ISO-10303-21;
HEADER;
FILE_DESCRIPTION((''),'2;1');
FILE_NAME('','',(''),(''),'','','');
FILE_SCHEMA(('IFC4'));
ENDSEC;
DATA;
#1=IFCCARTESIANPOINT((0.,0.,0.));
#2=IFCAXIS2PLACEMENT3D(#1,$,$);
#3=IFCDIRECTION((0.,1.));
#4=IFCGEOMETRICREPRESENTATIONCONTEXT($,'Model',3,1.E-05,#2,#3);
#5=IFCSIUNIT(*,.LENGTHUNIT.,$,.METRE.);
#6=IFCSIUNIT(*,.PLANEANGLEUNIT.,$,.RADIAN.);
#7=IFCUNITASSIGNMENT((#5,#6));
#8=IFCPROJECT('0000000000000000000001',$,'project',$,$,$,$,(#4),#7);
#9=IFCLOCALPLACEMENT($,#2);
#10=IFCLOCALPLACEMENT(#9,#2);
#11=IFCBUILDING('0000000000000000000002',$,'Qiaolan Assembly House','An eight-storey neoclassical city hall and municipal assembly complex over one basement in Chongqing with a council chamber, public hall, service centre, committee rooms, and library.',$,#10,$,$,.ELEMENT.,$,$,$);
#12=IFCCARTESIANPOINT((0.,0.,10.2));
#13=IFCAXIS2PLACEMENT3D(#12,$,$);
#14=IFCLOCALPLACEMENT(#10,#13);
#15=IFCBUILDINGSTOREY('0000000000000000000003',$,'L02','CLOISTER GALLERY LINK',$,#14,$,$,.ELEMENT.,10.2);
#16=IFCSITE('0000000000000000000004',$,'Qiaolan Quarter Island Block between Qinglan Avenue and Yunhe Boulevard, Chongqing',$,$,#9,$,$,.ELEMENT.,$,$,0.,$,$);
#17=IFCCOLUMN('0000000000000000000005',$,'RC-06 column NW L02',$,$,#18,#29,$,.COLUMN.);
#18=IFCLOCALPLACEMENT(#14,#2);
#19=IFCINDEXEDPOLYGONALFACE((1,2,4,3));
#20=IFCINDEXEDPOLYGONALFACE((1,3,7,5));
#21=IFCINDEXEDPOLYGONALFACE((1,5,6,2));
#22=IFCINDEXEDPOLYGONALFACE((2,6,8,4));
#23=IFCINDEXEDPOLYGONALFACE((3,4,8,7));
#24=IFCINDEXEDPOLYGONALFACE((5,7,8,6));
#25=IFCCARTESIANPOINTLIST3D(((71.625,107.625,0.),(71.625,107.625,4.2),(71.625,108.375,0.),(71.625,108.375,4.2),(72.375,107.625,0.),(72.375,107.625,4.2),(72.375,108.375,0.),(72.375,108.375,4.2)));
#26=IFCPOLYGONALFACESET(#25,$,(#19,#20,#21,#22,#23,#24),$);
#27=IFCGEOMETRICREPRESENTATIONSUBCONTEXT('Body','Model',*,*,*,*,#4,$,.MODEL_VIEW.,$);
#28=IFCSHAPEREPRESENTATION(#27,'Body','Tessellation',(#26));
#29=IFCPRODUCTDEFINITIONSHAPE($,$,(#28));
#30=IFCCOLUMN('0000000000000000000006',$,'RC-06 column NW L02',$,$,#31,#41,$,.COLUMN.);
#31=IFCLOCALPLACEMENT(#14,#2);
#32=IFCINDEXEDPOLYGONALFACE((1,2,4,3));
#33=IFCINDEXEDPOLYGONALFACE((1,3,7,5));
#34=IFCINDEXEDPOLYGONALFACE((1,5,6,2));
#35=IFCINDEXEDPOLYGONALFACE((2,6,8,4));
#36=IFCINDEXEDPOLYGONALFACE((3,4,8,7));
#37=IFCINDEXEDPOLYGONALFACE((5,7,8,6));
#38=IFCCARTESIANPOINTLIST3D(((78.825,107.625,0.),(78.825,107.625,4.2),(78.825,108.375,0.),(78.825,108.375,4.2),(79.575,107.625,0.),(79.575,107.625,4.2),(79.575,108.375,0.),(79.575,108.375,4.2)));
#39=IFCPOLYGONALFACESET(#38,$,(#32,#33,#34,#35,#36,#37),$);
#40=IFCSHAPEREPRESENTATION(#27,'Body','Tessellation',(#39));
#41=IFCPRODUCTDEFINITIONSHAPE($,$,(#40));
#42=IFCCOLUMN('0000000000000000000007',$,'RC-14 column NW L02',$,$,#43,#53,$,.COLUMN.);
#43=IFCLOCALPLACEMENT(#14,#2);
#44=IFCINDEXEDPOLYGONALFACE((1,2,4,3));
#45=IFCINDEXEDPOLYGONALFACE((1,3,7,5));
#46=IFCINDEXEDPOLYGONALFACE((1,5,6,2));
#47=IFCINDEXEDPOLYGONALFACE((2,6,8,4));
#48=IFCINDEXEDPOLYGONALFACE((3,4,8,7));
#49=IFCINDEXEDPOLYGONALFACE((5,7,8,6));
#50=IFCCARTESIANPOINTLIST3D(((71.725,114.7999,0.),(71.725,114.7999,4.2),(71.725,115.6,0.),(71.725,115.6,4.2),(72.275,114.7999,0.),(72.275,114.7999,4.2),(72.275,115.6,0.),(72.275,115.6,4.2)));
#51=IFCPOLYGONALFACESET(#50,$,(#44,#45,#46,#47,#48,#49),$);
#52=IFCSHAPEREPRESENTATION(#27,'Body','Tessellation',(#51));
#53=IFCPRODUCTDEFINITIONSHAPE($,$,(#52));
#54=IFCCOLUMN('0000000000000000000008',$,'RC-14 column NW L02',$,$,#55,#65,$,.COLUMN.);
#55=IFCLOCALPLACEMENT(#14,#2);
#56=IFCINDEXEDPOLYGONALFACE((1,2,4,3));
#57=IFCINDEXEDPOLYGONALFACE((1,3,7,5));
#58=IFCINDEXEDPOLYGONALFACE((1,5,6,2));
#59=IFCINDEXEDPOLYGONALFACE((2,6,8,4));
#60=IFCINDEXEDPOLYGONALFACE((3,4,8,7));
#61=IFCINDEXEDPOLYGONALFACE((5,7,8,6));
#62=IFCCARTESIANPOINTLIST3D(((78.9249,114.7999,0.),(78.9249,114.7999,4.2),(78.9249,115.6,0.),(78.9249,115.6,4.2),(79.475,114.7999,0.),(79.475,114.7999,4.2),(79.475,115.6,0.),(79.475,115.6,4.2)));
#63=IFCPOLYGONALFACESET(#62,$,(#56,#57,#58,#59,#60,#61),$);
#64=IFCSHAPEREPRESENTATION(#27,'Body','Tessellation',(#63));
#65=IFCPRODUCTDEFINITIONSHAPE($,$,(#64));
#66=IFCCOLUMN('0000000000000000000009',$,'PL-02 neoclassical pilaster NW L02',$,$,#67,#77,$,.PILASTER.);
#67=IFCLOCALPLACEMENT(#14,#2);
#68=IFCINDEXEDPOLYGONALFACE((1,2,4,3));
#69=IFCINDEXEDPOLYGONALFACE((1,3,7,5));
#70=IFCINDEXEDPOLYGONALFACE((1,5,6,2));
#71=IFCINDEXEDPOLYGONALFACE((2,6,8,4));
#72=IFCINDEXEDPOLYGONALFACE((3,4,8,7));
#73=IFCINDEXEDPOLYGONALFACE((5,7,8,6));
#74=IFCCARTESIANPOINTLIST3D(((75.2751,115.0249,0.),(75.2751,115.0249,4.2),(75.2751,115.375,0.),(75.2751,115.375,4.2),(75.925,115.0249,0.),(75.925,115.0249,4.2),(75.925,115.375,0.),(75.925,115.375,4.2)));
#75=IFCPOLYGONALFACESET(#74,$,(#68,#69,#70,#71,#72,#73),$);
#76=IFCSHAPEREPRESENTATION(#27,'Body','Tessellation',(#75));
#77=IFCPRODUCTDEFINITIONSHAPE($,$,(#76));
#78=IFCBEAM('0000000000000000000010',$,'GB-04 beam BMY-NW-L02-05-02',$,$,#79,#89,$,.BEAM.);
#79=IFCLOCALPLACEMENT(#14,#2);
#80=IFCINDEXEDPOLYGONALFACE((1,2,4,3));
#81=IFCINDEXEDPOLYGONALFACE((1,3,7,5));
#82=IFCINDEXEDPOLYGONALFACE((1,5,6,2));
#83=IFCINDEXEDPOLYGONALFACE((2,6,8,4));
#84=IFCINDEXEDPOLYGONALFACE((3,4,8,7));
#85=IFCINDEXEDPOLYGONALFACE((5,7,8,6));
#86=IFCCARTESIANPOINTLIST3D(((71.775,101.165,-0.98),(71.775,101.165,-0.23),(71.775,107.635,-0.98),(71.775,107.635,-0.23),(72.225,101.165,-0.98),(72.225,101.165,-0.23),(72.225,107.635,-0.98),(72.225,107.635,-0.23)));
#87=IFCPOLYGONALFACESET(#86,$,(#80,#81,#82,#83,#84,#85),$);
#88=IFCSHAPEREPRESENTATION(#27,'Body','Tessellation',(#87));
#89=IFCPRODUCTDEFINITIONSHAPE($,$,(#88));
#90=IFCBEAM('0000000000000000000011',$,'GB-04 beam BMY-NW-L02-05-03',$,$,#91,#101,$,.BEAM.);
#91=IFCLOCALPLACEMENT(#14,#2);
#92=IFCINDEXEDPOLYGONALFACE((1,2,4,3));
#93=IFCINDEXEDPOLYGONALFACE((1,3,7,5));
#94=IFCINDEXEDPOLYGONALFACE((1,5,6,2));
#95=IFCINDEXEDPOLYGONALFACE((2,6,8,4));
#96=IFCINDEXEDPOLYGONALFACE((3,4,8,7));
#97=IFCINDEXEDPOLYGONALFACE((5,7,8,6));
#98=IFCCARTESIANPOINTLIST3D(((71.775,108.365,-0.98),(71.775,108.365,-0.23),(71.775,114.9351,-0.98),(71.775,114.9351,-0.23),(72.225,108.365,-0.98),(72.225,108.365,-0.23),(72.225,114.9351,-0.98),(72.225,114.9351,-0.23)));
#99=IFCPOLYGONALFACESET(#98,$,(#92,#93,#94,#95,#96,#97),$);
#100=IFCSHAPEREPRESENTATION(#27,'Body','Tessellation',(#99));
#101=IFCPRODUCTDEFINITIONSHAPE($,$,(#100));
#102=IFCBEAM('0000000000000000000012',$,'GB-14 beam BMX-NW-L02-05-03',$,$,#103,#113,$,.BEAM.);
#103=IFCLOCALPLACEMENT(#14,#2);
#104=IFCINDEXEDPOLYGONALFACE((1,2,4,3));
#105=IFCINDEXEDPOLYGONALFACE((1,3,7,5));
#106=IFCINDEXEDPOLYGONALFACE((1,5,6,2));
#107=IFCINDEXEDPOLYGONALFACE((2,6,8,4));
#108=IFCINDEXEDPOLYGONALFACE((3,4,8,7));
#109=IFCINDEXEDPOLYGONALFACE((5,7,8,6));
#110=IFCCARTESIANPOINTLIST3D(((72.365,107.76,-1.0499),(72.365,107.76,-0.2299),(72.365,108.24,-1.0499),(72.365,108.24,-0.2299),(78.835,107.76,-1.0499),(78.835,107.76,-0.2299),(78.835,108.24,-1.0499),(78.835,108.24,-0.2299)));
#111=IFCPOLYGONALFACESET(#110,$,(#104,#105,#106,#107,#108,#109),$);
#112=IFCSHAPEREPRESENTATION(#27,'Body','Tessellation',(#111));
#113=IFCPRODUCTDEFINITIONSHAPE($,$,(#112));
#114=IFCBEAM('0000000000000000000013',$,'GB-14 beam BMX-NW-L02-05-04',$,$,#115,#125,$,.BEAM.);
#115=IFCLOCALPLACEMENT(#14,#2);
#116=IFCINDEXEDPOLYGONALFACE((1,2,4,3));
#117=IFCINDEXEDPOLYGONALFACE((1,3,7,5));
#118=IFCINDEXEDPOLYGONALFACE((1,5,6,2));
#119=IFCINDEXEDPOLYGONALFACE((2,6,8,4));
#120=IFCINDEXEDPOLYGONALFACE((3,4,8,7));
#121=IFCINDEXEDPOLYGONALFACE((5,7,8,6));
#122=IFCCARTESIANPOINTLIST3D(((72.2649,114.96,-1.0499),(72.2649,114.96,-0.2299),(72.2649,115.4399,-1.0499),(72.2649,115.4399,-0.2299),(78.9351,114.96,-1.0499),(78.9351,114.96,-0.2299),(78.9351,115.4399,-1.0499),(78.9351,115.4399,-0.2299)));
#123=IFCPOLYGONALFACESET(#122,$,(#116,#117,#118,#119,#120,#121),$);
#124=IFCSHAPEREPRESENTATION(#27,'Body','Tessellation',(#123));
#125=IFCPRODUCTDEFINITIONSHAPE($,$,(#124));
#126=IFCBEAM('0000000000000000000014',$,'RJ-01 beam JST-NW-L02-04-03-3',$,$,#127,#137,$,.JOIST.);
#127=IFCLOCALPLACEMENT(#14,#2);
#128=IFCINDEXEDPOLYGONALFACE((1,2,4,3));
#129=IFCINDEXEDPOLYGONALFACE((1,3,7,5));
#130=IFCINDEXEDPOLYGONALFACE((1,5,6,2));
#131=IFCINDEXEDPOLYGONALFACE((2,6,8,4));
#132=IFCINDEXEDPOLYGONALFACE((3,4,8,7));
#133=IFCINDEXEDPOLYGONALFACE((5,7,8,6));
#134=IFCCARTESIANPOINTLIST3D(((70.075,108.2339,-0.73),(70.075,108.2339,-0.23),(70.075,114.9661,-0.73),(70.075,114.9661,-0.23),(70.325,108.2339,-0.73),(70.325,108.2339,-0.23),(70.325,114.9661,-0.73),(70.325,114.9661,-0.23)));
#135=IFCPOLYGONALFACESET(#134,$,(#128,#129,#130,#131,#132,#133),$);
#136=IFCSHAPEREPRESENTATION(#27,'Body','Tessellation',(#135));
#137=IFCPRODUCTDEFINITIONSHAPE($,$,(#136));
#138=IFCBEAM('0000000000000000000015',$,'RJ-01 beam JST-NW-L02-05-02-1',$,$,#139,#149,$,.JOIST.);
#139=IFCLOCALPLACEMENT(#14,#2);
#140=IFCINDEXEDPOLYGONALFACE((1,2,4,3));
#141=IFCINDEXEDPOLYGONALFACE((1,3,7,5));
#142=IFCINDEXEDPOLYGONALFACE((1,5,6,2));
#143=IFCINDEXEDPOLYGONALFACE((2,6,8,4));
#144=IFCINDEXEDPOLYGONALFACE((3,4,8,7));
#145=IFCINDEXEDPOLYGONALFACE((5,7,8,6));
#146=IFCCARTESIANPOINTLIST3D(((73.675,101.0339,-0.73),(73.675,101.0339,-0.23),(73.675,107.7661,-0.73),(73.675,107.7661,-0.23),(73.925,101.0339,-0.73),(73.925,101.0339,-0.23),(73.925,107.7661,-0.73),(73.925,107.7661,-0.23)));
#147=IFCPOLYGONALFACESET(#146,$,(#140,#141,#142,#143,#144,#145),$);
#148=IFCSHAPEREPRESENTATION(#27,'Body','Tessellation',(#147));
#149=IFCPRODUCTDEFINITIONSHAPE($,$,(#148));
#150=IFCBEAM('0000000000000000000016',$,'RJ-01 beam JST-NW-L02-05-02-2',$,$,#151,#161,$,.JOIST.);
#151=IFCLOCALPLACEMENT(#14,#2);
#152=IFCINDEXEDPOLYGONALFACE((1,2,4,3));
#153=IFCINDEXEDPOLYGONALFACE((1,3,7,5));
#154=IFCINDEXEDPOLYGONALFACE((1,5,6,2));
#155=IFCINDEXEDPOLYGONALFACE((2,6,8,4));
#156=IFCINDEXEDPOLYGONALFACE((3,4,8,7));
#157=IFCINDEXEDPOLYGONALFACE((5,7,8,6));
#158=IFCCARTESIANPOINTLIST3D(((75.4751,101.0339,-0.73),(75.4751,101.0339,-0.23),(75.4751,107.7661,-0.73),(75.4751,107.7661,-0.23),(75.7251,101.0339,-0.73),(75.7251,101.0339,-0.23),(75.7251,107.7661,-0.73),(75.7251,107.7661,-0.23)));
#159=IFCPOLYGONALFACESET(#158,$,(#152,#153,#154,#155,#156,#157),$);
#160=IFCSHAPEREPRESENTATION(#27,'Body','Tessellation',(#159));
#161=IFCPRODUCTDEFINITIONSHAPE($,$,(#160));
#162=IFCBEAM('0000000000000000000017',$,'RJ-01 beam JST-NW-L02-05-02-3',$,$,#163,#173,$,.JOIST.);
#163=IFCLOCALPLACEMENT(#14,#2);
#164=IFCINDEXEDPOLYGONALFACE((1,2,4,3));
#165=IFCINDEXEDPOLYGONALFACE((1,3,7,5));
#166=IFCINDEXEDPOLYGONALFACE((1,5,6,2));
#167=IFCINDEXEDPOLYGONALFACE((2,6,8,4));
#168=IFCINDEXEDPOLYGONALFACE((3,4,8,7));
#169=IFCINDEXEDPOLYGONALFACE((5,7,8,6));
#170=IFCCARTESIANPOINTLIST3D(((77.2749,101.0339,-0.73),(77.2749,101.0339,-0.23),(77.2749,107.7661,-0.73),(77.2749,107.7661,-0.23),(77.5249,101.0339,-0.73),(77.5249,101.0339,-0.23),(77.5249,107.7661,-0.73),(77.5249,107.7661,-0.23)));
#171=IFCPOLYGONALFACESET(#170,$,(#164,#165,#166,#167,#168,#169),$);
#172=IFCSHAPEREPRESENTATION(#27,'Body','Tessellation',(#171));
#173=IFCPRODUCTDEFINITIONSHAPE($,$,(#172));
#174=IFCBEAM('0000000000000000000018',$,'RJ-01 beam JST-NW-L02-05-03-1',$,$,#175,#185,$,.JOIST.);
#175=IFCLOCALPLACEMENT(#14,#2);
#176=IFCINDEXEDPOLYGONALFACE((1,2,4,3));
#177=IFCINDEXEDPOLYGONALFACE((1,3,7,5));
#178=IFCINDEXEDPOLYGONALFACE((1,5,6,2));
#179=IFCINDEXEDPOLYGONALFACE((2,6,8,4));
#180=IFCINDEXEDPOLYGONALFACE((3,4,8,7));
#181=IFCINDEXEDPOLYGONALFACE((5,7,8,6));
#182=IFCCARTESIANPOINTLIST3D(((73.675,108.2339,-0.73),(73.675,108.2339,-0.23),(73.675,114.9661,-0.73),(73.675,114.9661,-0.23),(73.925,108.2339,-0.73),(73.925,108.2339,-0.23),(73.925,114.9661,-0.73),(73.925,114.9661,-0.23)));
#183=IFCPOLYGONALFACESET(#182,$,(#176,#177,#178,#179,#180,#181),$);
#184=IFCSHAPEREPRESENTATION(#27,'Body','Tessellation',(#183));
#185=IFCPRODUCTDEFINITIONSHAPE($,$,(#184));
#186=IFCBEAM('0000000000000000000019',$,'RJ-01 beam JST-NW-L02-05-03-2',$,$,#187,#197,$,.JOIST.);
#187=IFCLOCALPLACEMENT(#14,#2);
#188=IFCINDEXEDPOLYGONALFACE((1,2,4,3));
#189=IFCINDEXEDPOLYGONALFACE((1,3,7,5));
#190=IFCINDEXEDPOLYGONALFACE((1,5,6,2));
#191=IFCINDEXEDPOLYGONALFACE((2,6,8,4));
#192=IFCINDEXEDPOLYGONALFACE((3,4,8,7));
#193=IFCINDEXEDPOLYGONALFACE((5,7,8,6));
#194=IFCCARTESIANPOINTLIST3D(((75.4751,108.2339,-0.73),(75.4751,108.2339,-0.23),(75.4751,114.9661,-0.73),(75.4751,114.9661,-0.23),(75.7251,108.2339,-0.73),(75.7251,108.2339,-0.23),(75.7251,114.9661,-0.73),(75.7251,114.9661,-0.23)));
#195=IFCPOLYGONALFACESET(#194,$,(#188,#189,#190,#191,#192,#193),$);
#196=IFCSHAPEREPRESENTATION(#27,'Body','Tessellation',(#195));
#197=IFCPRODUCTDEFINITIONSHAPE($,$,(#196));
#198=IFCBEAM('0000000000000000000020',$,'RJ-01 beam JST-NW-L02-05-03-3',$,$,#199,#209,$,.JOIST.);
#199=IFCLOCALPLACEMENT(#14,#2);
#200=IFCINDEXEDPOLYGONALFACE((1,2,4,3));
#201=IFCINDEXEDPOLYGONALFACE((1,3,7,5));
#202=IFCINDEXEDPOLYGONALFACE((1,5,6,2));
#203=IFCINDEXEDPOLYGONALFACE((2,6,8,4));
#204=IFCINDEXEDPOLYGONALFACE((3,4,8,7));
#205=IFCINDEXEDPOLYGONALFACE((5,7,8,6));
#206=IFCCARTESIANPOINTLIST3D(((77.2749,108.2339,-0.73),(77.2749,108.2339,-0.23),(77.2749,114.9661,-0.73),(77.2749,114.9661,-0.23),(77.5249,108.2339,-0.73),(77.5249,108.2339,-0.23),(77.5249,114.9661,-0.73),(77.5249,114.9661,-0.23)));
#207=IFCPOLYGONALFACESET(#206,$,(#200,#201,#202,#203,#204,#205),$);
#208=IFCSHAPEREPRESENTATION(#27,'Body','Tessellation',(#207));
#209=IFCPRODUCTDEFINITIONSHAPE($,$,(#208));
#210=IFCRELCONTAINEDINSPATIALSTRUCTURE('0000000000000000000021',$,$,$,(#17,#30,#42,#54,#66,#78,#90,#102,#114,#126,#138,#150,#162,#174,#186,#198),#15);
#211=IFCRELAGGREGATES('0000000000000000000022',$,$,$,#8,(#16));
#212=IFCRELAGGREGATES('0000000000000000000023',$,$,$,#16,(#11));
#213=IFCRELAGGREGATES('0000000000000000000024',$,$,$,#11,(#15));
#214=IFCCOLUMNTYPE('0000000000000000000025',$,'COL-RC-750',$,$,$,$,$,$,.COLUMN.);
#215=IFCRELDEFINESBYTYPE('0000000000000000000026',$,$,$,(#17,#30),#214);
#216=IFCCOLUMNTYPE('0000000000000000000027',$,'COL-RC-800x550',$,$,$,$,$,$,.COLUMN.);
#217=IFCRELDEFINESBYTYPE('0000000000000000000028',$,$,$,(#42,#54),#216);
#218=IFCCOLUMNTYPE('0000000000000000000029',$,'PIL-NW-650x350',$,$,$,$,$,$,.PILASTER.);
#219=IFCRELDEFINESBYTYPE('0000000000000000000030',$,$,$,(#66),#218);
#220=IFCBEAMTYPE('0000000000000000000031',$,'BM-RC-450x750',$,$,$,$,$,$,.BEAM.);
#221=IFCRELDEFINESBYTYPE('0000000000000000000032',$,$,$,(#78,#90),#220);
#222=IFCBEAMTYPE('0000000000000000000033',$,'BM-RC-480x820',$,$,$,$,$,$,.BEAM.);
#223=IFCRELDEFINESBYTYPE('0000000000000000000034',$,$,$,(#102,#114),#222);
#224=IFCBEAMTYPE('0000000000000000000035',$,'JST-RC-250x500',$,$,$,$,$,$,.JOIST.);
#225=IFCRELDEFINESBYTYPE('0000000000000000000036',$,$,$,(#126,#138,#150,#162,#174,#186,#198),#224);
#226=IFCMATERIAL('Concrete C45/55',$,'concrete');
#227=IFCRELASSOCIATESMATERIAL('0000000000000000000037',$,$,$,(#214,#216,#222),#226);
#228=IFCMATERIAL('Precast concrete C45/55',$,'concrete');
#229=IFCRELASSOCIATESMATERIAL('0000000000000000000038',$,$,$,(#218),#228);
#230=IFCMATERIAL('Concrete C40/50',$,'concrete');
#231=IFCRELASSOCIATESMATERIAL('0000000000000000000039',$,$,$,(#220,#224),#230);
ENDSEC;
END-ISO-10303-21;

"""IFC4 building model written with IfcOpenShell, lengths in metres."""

from ifc_helpers import new_model, si_unit, direction, frame, origin, origin_2d, place, context, subcontext, project, spatial, rectangle, extrude, material, material_profile, profile_set, type_object, element, save


model = new_model("IFC4")

# Units and contexts
model_context = context("Model", 3, precision=1e-05, world=origin(), true_north=direction((0.0, 1.0)))
body_context = subcontext(model_context, "Body", "Model", "MODEL_VIEW")
ifc_project = project(units=[si_unit("LENGTHUNIT", "METRE"), si_unit("PLANEANGLEUNIT", "RADIAN")], contexts=[model_context])

# Site, building, storey
site_placement = place(None, origin())
site = spatial("IfcSite", under=ifc_project, at=site_placement, Name="Qiaolan Quarter Island Block between Qinglan Avenue and Yunhe Boulevard, Chongqing", CompositionType="ELEMENT", RefElevation=0.0)
building_placement = place(site_placement, origin())
building = spatial("IfcBuilding", under=site, at=building_placement, Name="Qiaolan Assembly House", Description="An eight-storey neoclassical city hall and municipal assembly complex over one basement in Chongqing with a council chamber, public hall, service centre, committee rooms, and library.", CompositionType="ELEMENT")
storey_placement = place(building_placement, frame((0.0, 0.0, 10.2)))
storey = spatial("IfcBuildingStorey", under=building, at=storey_placement, Name="L02", Description="CLOISTER GALLERY LINK", CompositionType="ELEMENT", Elevation=10.2)

# Columns
ifc_material_1 = material(Name="Concrete C45/55", Category="concrete")
ifc_material_profile_1 = material_profile(ifc_material_1, rectangle(XDim=0.75, YDim=0.75, at=origin_2d()), Name="RC 750x750")
ifc_profile_set_1 = profile_set([ifc_material_profile_1], Name="Concrete C45/55")
column_type_1 = type_object("IfcColumnType", Name="COL-RC-750", PredefinedType="COLUMN", material=ifc_profile_set_1)
for number, where, z_axis, x_axis, name in (
    (1, (72.0, 108.0, 0.0), (0.0, 0.0, 1.0), (1.0, 0.0, 0.0), "RC-06 column NW L02"),
    (2, (79.2, 108.0, 0.0), (0.0, 0.0, 1.0), (1.0, 0.0, 0.0), "RC-06 column NW L02"),
):
    element("IfcColumn", number, at=place(storey_placement, frame(where, z_axis=z_axis, x_axis=x_axis)), inside=storey, type_object=column_type_1, Name=name, PredefinedType="COLUMN", context=body_context, shape_type="SweptSolid", body=[
        extrude(rectangle(XDim=0.75, YDim=0.75, at=origin_2d()), origin(), (0.0, 0.0, 1.0), 4.2),
    ])
ifc_material_profile_2 = material_profile(ifc_material_1, rectangle(XDim=0.55, YDim=0.8, at=origin_2d()), Name="RC 800x550")
ifc_profile_set_2 = profile_set([ifc_material_profile_2], Name="Concrete C45/55")
column_type_2 = type_object("IfcColumnType", Name="COL-RC-800x550", PredefinedType="COLUMN", material=ifc_profile_set_2)
for number, where, z_axis, x_axis, name in (
    (3, (72.0, 115.2, 0.0), (0.0, 0.0, 1.0), (1.0, 0.0, 0.0), "RC-14 column NW L02"),
    (4, (79.2, 115.2, 0.0), (0.0, 0.0, 1.0), (1.0, 0.0, 0.0), "RC-14 column NW L02"),
):
    element("IfcColumn", number, at=place(storey_placement, frame(where, z_axis=z_axis, x_axis=x_axis)), inside=storey, type_object=column_type_2, Name=name, PredefinedType="COLUMN", context=body_context, shape_type="SweptSolid", body=[
        extrude(rectangle(XDim=0.55, YDim=0.8, at=origin_2d()), origin(), (0.0, 0.0, 1.0), 4.2),
    ])
ifc_material_2 = material(Name="Precast concrete C45/55", Category="concrete")
ifc_material_profile_3 = material_profile(ifc_material_2, rectangle(XDim=0.6499, YDim=0.3501, at=origin_2d()), Name="PIL 650x350")
ifc_profile_set_3 = profile_set([ifc_material_profile_3], Name="Precast concrete C45/55")
column_type_3 = type_object("IfcColumnType", Name="PIL-NW-650x350", PredefinedType="PILASTER", material=ifc_profile_set_3)
column_placement = place(storey_placement, frame((75.6001, 115.2, 0.0), z_axis=(0.0, 0.0, 1.0), x_axis=(1.0, 0.0, 0.0)))
element("IfcColumn", 5, at=column_placement, inside=storey, type_object=column_type_3, Name="PL-02 neoclassical pilaster NW L02", PredefinedType="PILASTER", context=body_context, shape_type="SweptSolid", body=[
    extrude(rectangle(XDim=0.6499, YDim=0.3501, at=origin_2d()), origin(), (0.0, 0.0, 1.0), 4.2),
])

# Beams
ifc_material_3 = material(Name="Concrete C40/50", Category="concrete")
ifc_material_profile_4 = material_profile(ifc_material_3, rectangle(XDim=0.45, YDim=0.75, at=origin_2d()), Name="RCB 450x750")
ifc_profile_set_4 = profile_set([ifc_material_profile_4], Name="Concrete C40/50")
beam_type_1 = type_object("IfcBeamType", Name="BM-RC-450x750", PredefinedType="BEAM", material=ifc_profile_set_4)
beam_1_placement = place(storey_placement, frame((72.0, 101.165, -0.605), z_axis=(0.0, 1.0, 0.0), x_axis=(-1.0, 0.0, 0.0)))
element("IfcBeam", 6, at=beam_1_placement, inside=storey, type_object=beam_type_1, Name="GB-04 beam BMY-NW-L02-05-02", PredefinedType="BEAM", context=body_context, shape_type="SweptSolid", body=[
    extrude(rectangle(XDim=0.45, YDim=0.75, at=origin_2d()), origin(), (0.0, 0.0, 1.0), 6.47),
])
beam_2_placement = place(storey_placement, frame((72.0, 108.365, -0.605), z_axis=(0.0, 1.0, 0.0), x_axis=(-1.0, 0.0, 0.0)))
element("IfcBeam", 7, at=beam_2_placement, inside=storey, type_object=beam_type_1, Name="GB-04 beam BMY-NW-L02-05-03", PredefinedType="BEAM", context=body_context, shape_type="SweptSolid", body=[
    extrude(rectangle(XDim=0.45, YDim=0.75, at=origin_2d()), origin(), (0.0, 0.0, 1.0), 6.5701),
])
ifc_material_profile_5 = material_profile(ifc_material_1, rectangle(XDim=0.48, YDim=0.8201, at=origin_2d()), Name="RCB 480x820")
ifc_profile_set_5 = profile_set([ifc_material_profile_5], Name="Concrete C45/55")
beam_type_2 = type_object("IfcBeamType", Name="BM-RC-480x820", PredefinedType="BEAM", material=ifc_profile_set_5)
beam_3_placement = place(storey_placement, frame((72.365, 108.0, -0.6399), z_axis=(1.0, 0.0, 0.0), x_axis=(0.0, 1.0, 0.0)))
element("IfcBeam", 8, at=beam_3_placement, inside=storey, type_object=beam_type_2, Name="GB-14 beam BMX-NW-L02-05-03", PredefinedType="BEAM", context=body_context, shape_type="SweptSolid", body=[
    extrude(rectangle(XDim=0.48, YDim=0.8201, at=origin_2d()), origin(), (0.0, 0.0, 1.0), 6.47),
])
beam_4_placement = place(storey_placement, frame((72.2649, 115.2, -0.6399), z_axis=(1.0, 0.0, 0.0), x_axis=(0.0, 1.0, 0.0)))
element("IfcBeam", 9, at=beam_4_placement, inside=storey, type_object=beam_type_2, Name="GB-14 beam BMX-NW-L02-05-04", PredefinedType="BEAM", context=body_context, shape_type="SweptSolid", body=[
    extrude(rectangle(XDim=0.48, YDim=0.8201, at=origin_2d()), origin(), (0.0, 0.0, 1.0), 6.6702),
])
ifc_material_profile_6 = material_profile(ifc_material_3, rectangle(XDim=0.25, YDim=0.5, at=origin_2d()), Name="RCB 250x500")
ifc_profile_set_6 = profile_set([ifc_material_profile_6], Name="Concrete C40/50")
beam_type_3 = type_object("IfcBeamType", Name="JST-RC-250x500", PredefinedType="JOIST", material=ifc_profile_set_6)
for number, where, z_axis, x_axis, name in (
    (10, (70.2, 108.2339, -0.48), (0.0, 1.0, 0.0), (-1.0, 0.0, 0.0), "RJ-01 beam JST-NW-L02-04-03-3"),
    (11, (73.8, 101.0339, -0.48), (0.0, 1.0, 0.0), (-1.0, 0.0, 0.0), "RJ-01 beam JST-NW-L02-05-02-1"),
    (12, (75.6001, 101.0339, -0.48), (0.0, 1.0, 0.0), (-1.0, 0.0, 0.0), "RJ-01 beam JST-NW-L02-05-02-2"),
    (13, (77.3999, 101.0339, -0.48), (0.0, 1.0, 0.0), (-1.0, 0.0, 0.0), "RJ-01 beam JST-NW-L02-05-02-3"),
    (14, (73.8, 108.2339, -0.48), (0.0, 1.0, 0.0), (-1.0, 0.0, 0.0), "RJ-01 beam JST-NW-L02-05-03-1"),
    (15, (75.6001, 108.2339, -0.48), (0.0, 1.0, 0.0), (-1.0, 0.0, 0.0), "RJ-01 beam JST-NW-L02-05-03-2"),
    (16, (77.3999, 108.2339, -0.48), (0.0, 1.0, 0.0), (-1.0, 0.0, 0.0), "RJ-01 beam JST-NW-L02-05-03-3"),
):
    element("IfcBeam", number, at=place(storey_placement, frame(where, z_axis=z_axis, x_axis=x_axis)), inside=storey, type_object=beam_type_3, Name=name, PredefinedType="JOIST", context=body_context, shape_type="SweptSolid", body=[
        extrude(rectangle(XDim=0.25, YDim=0.5, at=origin_2d()), origin(), (0.0, 0.0, 1.0), 6.7322),
    ])

save(model, "model.ifc")
